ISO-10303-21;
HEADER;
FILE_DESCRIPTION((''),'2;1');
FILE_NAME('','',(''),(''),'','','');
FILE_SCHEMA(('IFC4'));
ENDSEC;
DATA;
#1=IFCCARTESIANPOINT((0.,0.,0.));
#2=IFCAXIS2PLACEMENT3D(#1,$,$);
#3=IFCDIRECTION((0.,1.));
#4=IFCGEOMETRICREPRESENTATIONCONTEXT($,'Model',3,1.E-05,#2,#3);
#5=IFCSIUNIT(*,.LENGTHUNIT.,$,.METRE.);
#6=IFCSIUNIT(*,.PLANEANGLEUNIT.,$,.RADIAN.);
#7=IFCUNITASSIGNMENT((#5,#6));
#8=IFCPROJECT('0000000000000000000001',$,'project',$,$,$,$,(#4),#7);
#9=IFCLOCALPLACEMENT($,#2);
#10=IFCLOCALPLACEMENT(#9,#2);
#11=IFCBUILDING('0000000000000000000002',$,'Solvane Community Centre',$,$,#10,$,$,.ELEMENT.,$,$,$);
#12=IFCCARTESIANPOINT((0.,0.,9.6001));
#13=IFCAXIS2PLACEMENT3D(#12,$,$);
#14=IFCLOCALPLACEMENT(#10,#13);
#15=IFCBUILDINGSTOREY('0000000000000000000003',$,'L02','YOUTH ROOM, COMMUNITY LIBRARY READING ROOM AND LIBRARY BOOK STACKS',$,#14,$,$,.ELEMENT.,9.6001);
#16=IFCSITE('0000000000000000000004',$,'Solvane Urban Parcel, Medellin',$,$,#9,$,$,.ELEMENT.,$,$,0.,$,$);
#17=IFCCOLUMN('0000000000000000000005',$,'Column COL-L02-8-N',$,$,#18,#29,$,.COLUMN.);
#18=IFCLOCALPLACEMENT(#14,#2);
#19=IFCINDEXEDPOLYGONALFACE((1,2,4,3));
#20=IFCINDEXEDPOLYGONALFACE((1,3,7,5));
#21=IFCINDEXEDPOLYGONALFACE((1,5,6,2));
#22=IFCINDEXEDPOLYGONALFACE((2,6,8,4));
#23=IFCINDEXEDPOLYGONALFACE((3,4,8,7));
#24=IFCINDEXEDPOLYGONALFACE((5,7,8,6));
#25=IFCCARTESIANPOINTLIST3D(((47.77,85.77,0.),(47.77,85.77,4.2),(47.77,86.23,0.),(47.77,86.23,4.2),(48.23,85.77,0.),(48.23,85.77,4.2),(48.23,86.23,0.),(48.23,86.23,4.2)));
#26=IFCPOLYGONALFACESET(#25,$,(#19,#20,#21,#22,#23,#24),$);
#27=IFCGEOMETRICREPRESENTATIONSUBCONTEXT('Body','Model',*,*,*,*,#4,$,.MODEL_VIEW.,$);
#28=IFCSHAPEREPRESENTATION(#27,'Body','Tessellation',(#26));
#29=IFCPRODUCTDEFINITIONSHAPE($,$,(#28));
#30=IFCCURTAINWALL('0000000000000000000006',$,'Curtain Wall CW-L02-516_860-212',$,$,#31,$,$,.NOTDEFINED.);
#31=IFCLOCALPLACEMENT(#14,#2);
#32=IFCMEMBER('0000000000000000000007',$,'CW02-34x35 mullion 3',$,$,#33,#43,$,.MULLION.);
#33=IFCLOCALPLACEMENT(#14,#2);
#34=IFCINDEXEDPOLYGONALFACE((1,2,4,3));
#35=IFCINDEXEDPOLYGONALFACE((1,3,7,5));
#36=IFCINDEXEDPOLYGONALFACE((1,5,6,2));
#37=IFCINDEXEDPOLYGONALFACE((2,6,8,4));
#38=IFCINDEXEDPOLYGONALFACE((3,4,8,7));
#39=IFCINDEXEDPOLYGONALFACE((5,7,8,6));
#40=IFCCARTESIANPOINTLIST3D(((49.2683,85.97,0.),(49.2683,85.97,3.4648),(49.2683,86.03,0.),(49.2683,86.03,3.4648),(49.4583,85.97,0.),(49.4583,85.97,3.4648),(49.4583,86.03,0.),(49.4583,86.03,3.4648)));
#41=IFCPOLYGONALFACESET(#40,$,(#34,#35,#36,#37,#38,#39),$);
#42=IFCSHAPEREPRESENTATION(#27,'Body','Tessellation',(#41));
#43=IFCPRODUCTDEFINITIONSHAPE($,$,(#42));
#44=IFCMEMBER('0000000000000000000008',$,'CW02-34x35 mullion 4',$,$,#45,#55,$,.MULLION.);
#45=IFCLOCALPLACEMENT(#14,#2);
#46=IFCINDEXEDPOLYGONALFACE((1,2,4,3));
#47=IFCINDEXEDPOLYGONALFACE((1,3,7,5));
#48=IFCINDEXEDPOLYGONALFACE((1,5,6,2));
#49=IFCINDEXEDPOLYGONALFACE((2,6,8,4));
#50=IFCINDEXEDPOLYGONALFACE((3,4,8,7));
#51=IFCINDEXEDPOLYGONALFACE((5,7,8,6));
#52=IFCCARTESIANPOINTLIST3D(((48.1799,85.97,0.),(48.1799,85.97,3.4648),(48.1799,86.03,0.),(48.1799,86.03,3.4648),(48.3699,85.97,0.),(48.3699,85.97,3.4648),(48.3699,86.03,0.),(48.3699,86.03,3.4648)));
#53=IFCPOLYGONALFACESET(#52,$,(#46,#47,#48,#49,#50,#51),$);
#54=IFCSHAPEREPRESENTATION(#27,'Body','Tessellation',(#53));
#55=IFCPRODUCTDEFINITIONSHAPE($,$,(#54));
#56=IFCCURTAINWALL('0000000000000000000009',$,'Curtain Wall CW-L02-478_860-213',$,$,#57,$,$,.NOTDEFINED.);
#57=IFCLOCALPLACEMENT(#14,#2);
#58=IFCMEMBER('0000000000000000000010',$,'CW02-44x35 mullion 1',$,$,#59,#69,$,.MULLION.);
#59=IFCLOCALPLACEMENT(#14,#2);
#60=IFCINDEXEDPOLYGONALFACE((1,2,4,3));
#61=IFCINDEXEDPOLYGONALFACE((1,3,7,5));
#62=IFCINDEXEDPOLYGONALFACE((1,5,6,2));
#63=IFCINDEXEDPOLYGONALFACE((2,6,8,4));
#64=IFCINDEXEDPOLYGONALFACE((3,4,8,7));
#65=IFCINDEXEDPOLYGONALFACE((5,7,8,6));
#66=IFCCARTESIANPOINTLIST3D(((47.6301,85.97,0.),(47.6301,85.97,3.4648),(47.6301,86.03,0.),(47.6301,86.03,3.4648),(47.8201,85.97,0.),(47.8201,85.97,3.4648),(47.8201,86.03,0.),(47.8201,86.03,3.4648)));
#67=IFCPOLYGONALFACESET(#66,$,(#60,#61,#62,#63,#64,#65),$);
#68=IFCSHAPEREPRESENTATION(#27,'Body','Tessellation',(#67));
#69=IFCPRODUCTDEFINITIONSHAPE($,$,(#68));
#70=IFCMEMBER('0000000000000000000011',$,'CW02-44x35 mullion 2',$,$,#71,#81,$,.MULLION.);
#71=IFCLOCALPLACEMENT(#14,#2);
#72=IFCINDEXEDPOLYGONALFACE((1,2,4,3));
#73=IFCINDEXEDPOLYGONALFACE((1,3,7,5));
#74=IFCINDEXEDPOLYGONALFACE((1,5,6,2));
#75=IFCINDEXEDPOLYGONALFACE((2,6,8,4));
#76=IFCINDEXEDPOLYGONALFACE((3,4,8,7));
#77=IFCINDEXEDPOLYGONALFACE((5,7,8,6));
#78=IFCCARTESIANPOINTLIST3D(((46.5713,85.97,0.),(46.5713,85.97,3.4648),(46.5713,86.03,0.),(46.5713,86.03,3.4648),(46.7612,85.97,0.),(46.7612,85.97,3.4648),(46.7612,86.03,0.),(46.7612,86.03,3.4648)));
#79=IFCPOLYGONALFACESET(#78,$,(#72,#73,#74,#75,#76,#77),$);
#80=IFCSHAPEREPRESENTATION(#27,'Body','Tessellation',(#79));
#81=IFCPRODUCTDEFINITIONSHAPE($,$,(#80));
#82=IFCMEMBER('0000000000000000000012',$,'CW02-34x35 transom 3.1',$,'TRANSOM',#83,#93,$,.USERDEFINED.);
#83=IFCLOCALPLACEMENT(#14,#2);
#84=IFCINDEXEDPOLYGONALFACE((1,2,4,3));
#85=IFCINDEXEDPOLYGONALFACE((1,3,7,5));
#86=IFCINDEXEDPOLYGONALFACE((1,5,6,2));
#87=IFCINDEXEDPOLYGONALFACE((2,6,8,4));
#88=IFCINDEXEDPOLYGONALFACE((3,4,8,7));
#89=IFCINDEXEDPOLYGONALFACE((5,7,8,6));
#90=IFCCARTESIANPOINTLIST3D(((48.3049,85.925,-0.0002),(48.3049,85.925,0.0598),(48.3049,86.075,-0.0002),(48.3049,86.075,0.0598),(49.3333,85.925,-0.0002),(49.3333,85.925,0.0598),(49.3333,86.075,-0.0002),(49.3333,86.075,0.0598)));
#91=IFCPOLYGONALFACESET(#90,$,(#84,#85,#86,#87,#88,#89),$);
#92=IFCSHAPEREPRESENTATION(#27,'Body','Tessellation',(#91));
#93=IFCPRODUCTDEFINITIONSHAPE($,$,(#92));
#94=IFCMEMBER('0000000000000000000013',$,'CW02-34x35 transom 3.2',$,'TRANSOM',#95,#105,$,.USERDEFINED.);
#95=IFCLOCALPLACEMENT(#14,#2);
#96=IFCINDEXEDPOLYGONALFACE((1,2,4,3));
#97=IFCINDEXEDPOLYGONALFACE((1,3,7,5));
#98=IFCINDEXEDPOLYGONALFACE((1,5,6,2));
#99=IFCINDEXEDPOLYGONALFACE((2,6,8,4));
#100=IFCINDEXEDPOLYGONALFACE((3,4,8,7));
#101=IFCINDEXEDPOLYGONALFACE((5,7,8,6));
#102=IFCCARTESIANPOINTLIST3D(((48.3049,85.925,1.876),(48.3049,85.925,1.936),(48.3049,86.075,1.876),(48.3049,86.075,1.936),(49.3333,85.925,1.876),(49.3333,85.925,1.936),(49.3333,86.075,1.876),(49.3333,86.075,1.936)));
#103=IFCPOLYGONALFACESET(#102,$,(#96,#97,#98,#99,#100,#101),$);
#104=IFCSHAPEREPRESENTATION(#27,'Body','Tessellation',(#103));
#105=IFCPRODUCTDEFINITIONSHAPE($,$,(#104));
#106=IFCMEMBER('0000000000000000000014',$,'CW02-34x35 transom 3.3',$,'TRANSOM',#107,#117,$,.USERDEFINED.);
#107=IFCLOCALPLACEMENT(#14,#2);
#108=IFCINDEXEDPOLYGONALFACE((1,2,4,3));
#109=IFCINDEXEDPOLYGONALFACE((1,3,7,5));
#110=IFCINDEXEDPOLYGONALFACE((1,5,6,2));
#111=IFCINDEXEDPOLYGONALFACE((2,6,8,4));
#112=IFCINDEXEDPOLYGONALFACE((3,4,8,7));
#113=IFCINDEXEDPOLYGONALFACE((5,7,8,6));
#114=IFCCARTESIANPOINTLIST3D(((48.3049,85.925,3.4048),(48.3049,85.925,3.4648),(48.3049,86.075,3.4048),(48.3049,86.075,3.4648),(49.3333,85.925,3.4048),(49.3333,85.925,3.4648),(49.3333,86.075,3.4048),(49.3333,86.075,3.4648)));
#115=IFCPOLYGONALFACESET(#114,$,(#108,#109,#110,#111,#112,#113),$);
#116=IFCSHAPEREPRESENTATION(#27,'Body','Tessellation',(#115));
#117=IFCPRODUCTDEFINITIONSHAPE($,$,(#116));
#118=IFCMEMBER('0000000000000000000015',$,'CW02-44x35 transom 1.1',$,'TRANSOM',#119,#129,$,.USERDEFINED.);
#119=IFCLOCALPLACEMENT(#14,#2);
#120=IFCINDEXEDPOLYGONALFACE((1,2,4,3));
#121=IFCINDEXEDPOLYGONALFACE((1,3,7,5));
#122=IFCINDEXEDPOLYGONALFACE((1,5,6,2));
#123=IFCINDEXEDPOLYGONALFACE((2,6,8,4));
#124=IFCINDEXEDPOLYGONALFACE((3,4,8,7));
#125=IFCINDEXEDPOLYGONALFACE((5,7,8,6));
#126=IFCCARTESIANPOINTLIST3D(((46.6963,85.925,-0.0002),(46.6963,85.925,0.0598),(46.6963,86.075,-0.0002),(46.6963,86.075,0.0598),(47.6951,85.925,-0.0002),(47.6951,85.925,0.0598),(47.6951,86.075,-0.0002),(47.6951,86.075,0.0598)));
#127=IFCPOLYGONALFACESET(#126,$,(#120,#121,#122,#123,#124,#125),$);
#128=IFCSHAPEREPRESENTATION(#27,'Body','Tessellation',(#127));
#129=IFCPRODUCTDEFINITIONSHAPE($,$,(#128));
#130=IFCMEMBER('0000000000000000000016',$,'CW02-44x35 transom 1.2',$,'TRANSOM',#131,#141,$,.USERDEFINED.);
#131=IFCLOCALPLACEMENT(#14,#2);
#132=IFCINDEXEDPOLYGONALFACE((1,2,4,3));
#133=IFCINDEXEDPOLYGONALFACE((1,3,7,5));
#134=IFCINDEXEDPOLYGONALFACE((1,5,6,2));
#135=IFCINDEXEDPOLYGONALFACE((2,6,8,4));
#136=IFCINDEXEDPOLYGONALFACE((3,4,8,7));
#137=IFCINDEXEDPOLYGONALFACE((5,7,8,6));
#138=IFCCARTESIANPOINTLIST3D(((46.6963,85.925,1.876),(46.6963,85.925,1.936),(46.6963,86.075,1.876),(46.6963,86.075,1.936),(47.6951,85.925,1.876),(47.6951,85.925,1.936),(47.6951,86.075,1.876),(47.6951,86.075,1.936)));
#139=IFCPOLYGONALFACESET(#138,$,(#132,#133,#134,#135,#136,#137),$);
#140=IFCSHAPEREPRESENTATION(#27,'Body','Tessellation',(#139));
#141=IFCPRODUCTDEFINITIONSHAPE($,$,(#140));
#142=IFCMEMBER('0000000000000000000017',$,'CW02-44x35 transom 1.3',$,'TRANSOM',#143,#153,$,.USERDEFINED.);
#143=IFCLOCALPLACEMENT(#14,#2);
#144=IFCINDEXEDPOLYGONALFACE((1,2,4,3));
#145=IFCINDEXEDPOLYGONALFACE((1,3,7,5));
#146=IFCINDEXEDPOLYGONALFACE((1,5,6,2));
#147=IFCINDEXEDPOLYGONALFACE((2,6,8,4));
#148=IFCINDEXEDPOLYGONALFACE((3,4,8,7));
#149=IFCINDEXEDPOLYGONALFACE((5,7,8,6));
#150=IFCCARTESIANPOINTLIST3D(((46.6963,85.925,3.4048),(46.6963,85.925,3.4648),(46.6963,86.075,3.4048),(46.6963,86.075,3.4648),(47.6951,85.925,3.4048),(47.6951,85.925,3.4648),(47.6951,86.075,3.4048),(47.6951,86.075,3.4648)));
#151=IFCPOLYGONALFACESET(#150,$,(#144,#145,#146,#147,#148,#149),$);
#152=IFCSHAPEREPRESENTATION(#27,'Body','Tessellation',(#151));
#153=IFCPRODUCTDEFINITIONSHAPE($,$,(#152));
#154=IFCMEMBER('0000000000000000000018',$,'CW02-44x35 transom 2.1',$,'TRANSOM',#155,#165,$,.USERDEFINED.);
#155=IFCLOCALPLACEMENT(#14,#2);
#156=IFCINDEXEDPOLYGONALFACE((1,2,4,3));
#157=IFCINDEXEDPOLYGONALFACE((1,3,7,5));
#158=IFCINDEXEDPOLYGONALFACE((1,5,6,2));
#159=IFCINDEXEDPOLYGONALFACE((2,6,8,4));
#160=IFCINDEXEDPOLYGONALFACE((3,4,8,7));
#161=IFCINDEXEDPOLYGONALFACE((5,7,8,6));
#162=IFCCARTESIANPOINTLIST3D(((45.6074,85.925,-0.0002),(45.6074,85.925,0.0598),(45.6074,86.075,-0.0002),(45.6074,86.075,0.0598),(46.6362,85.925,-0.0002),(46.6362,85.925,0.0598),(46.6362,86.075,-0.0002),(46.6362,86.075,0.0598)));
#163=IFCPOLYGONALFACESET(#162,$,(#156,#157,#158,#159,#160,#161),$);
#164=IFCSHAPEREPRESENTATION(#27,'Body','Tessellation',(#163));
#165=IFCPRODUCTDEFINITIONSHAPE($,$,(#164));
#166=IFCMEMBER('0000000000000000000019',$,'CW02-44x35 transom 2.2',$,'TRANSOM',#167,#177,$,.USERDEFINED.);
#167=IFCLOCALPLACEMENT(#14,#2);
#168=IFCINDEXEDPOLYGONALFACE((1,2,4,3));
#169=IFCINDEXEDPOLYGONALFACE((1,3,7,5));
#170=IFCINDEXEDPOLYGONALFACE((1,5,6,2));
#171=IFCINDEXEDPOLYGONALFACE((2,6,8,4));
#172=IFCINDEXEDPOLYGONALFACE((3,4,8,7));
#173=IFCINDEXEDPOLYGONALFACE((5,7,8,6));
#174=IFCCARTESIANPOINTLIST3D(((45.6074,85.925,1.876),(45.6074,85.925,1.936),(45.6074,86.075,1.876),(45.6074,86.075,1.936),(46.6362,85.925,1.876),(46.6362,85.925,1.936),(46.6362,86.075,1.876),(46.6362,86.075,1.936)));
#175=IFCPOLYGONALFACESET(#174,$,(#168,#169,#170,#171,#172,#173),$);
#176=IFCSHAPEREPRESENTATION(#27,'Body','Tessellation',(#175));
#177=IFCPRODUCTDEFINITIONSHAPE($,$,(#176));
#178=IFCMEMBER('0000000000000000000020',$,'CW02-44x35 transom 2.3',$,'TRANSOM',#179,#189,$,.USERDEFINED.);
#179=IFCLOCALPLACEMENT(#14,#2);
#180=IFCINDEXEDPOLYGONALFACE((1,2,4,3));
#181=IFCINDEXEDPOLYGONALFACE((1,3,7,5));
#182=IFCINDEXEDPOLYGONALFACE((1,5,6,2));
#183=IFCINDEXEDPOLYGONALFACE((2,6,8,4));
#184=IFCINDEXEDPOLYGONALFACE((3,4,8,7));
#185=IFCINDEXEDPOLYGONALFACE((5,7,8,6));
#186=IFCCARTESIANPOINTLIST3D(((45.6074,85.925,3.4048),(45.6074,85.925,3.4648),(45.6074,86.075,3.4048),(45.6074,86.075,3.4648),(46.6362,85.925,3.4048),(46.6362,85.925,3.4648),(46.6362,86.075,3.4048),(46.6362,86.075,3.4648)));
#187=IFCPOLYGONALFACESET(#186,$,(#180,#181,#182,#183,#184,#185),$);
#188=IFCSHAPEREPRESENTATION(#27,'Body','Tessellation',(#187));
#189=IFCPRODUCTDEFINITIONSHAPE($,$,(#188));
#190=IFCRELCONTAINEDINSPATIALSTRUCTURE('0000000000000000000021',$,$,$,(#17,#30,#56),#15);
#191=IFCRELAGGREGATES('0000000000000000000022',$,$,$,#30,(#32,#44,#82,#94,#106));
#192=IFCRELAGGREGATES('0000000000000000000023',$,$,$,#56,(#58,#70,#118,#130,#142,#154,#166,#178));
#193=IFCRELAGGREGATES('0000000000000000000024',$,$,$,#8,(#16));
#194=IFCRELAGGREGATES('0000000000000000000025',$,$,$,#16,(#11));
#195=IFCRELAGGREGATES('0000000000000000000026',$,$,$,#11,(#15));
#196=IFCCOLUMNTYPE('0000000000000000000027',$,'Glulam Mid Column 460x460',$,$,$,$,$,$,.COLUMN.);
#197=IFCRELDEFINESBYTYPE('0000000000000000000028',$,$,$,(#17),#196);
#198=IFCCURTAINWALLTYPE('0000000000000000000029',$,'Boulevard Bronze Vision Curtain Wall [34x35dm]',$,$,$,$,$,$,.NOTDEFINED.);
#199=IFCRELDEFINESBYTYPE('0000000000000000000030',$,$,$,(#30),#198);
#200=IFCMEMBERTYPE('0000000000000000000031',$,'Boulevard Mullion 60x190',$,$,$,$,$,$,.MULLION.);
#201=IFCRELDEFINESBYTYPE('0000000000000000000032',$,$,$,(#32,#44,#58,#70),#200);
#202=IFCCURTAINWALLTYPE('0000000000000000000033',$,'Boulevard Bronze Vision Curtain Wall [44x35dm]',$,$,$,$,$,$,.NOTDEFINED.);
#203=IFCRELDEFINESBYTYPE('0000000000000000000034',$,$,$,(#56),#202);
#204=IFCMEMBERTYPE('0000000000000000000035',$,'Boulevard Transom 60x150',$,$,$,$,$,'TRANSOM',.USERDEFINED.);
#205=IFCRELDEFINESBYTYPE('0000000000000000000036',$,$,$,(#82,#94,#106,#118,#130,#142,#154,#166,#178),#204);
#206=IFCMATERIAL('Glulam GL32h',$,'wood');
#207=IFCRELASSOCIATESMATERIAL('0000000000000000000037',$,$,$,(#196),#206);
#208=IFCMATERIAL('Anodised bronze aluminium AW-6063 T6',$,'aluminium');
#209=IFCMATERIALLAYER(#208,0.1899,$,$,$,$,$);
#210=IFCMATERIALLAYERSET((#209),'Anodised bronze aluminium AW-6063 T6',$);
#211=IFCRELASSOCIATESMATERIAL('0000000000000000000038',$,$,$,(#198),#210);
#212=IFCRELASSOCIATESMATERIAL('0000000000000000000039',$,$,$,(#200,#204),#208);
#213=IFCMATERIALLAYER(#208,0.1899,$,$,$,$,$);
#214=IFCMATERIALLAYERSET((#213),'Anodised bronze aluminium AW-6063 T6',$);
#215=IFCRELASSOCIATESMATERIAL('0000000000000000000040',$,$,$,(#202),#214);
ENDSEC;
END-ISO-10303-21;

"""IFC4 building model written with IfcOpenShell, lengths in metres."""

from ifc_helpers import new_model, si_unit, direction, frame, origin, origin_2d, place, context, subcontext, project, spatial, rectangle, extrude, material, layer, layer_set, material_profile, profile_set, type_object, element, aggregate, save


model = new_model("IFC4")

# Units and contexts
model_context = context("Model", 3, precision=1e-05, world=origin(), true_north=direction((0.0, 1.0)))
body_context = subcontext(model_context, "Body", "Model", "MODEL_VIEW")
ifc_project = project(units=[si_unit("LENGTHUNIT", "METRE"), si_unit("PLANEANGLEUNIT", "RADIAN")], contexts=[model_context])

# Site, building, storey
site_placement = place(None, origin())
site = spatial("IfcSite", under=ifc_project, at=site_placement, Name="Solvane Urban Parcel, Medellin", CompositionType="ELEMENT", RefElevation=0.0)
building_placement = place(site_placement, origin())
building = spatial("IfcBuilding", under=site, at=building_placement, Name="Solvane Community Centre", CompositionType="ELEMENT")
storey_placement = place(building_placement, frame((0.0, 0.0, 9.6001)))
storey = spatial("IfcBuildingStorey", under=building, at=storey_placement, Name="L02", Description="YOUTH ROOM, COMMUNITY LIBRARY READING ROOM AND LIBRARY BOOK STACKS", CompositionType="ELEMENT", Elevation=9.6001)

# Column
ifc_material_1 = material(Name="Glulam GL32h", Category="wood")
ifc_material_profile_1 = material_profile(ifc_material_1, rectangle(XDim=0.46, YDim=0.46, at=origin_2d()), Name="GL32h 460x460")
ifc_profile_set_1 = profile_set([ifc_material_profile_1], Name="Glulam GL32h")
column_type = type_object("IfcColumnType", Name="Glulam Mid Column 460x460", PredefinedType="COLUMN", material=ifc_profile_set_1)
column_placement = place(storey_placement, frame((48.0, 86.0, 0.0), z_axis=(0.0, 0.0, 1.0), x_axis=(1.0, 0.0, 0.0)))
element("IfcColumn", 1, at=column_placement, inside=storey, type_object=column_type, Name="Column COL-L02-8-N", PredefinedType="COLUMN", context=body_context, shape_type="SweptSolid", body=[
    extrude(rectangle(XDim=0.46, YDim=0.46, at=origin_2d()), origin(), (0.0, 0.0, 1.0), 4.2),
])

# Curtain walls, members
ifc_material_2 = material(Name="Anodised bronze aluminium AW-6063 T6", Category="aluminium")
ifc_layer_1 = layer(ifc_material_2, 0.1899)
ifc_layer_set_1 = layer_set([ifc_layer_1], Name="Anodised bronze aluminium AW-6063 T6")
curtain_wall_type_1 = type_object("IfcCurtainWallType", Name="Boulevard Bronze Vision Curtain Wall [34x35dm]", PredefinedType="NOTDEFINED", material=ifc_layer_set_1)
curtain_wall_1_placement = place(storey_placement, origin())
curtain_wall_1 = element("IfcCurtainWall", 2, at=curtain_wall_1_placement, inside=storey, type_object=curtain_wall_type_1, Name="Curtain Wall CW-L02-516_860-212", PredefinedType="NOTDEFINED")
ifc_material_profile_2 = material_profile(ifc_material_2, rectangle(XDim=0.0601, YDim=0.1899, at=origin_2d()), Name="CW-M 60x190")
ifc_profile_set_2 = profile_set([ifc_material_profile_2], Name="Anodised bronze aluminium AW-6063 T6")
member_type_1 = type_object("IfcMemberType", Name="Boulevard Mullion 60x190", PredefinedType="MULLION", material=ifc_profile_set_2)
member_1_placement = place(storey_placement, frame((49.3633, 86.0, 0.0), z_axis=(0.0, 0.0, 1.0), x_axis=(0.0, -1.0, 0.0)))
member_1 = element("IfcMember", 3, at=member_1_placement, type_object=member_type_1, Name="CW02-34x35 mullion 3", PredefinedType="MULLION", context=body_context, shape_type="SweptSolid", body=[
    extrude(rectangle(XDim=0.0601, YDim=0.1899, at=origin_2d()), origin(), (0.0, 0.0, 1.0), 3.4648),
])
member_2_placement = place(storey_placement, frame((48.2749, 86.0, 0.0), z_axis=(0.0, 0.0, 1.0), x_axis=(0.0, -1.0, 0.0)))
member_2 = element("IfcMember", 4, at=member_2_placement, type_object=member_type_1, Name="CW02-34x35 mullion 4", PredefinedType="MULLION", context=body_context, shape_type="SweptSolid", body=[
    extrude(rectangle(XDim=0.0601, YDim=0.1899, at=origin_2d()), origin(), (0.0, 0.0, 1.0), 3.4648),
])
ifc_layer_2 = layer(ifc_material_2, 0.1899)
ifc_layer_set_2 = layer_set([ifc_layer_2], Name="Anodised bronze aluminium AW-6063 T6")
curtain_wall_type_2 = type_object("IfcCurtainWallType", Name="Boulevard Bronze Vision Curtain Wall [44x35dm]", PredefinedType="NOTDEFINED", material=ifc_layer_set_2)
curtain_wall_2_placement = place(storey_placement, origin())
curtain_wall_2 = element("IfcCurtainWall", 5, at=curtain_wall_2_placement, inside=storey, type_object=curtain_wall_type_2, Name="Curtain Wall CW-L02-478_860-213", PredefinedType="NOTDEFINED")
member_3_placement = place(storey_placement, frame((47.7251, 86.0, 0.0), z_axis=(0.0, 0.0, 1.0), x_axis=(0.0, -1.0, 0.0)))
member_3 = element("IfcMember", 6, at=member_3_placement, type_object=member_type_1, Name="CW02-44x35 mullion 1", PredefinedType="MULLION", context=body_context, shape_type="SweptSolid", body=[
    extrude(rectangle(XDim=0.0601, YDim=0.1899, at=origin_2d()), origin(), (0.0, 0.0, 1.0), 3.4648),
])
member_4_placement = place(storey_placement, frame((46.6663, 86.0, 0.0), z_axis=(0.0, 0.0, 1.0), x_axis=(0.0, -1.0, 0.0)))
member_4 = element("IfcMember", 7, at=member_4_placement, type_object=member_type_1, Name="CW02-44x35 mullion 2", PredefinedType="MULLION", context=body_context, shape_type="SweptSolid", body=[
    extrude(rectangle(XDim=0.0601, YDim=0.1899, at=origin_2d()), origin(), (0.0, 0.0, 1.0), 3.4648),
])

# Members
ifc_material_profile_3 = material_profile(ifc_material_2, rectangle(XDim=0.1499, YDim=0.0601, at=origin_2d()), Name="CW-T 60x150")
ifc_profile_set_3 = profile_set([ifc_material_profile_3], Name="Anodised bronze aluminium AW-6063 T6")
member_type_2 = type_object("IfcMemberType", Name="Boulevard Transom 60x150", ElementType="TRANSOM", PredefinedType="USERDEFINED", material=ifc_profile_set_3)
member_5_placement = place(storey_placement, frame((49.3333, 86.0, 0.0298), z_axis=(-1.0, 0.0, 0.0), x_axis=(0.0, -1.0, 0.0)))
member_5 = element("IfcMember", 8, at=member_5_placement, type_object=member_type_2, Name="CW02-34x35 transom 3.1", ObjectType="TRANSOM", PredefinedType="USERDEFINED", context=body_context, shape_type="SweptSolid", body=[
    extrude(rectangle(XDim=0.1499, YDim=0.0601, at=origin_2d()), origin(), (0.0, 0.0, 1.0), 1.0283),
])
member_6_placement = place(storey_placement, frame((49.3333, 86.0, 1.906), z_axis=(-1.0, 0.0, 0.0), x_axis=(0.0, -1.0, 0.0)))
member_6 = element("IfcMember", 9, at=member_6_placement, type_object=member_type_2, Name="CW02-34x35 transom 3.2", ObjectType="TRANSOM", PredefinedType="USERDEFINED", context=body_context, shape_type="SweptSolid", body=[
    extrude(rectangle(XDim=0.1499, YDim=0.0601, at=origin_2d()), origin(), (0.0, 0.0, 1.0), 1.0283),
])
member_7_placement = place(storey_placement, frame((49.3333, 86.0, 3.4348), z_axis=(-1.0, 0.0, 0.0), x_axis=(0.0, -1.0, 0.0)))
member_7 = element("IfcMember", 10, at=member_7_placement, type_object=member_type_2, Name="CW02-34x35 transom 3.3", ObjectType="TRANSOM", PredefinedType="USERDEFINED", context=body_context, shape_type="SweptSolid", body=[
    extrude(rectangle(XDim=0.1499, YDim=0.0601, at=origin_2d()), origin(), (0.0, 0.0, 1.0), 1.0283),
])
member_8_placement = place(storey_placement, frame((47.6951, 86.0, 0.0298), z_axis=(-1.0, 0.0, 0.0), x_axis=(0.0, -1.0, 0.0)))
member_8 = element("IfcMember", 11, at=member_8_placement, type_object=member_type_2, Name="CW02-44x35 transom 1.1", ObjectType="TRANSOM", PredefinedType="USERDEFINED", context=body_context, shape_type="SweptSolid", body=[
    extrude(rectangle(XDim=0.1499, YDim=0.0601, at=origin_2d()), origin(), (0.0, 0.0, 1.0), 0.9988),
])
member_9_placement = place(storey_placement, frame((47.6951, 86.0, 1.906), z_axis=(-1.0, 0.0, 0.0), x_axis=(0.0, -1.0, 0.0)))
member_9 = element("IfcMember", 12, at=member_9_placement, type_object=member_type_2, Name="CW02-44x35 transom 1.2", ObjectType="TRANSOM", PredefinedType="USERDEFINED", context=body_context, shape_type="SweptSolid", body=[
    extrude(rectangle(XDim=0.1499, YDim=0.0601, at=origin_2d()), origin(), (0.0, 0.0, 1.0), 0.9988),
])
member_10_placement = place(storey_placement, frame((47.6951, 86.0, 3.4348), z_axis=(-1.0, 0.0, 0.0), x_axis=(0.0, -1.0, 0.0)))
member_10 = element("IfcMember", 13, at=member_10_placement, type_object=member_type_2, Name="CW02-44x35 transom 1.3", ObjectType="TRANSOM", PredefinedType="USERDEFINED", context=body_context, shape_type="SweptSolid", body=[
    extrude(rectangle(XDim=0.1499, YDim=0.0601, at=origin_2d()), origin(), (0.0, 0.0, 1.0), 0.9988),
])
member_11_placement = place(storey_placement, frame((46.6362, 86.0, 0.0298), z_axis=(-1.0, 0.0, 0.0), x_axis=(0.0, -1.0, 0.0)))
member_11 = element("IfcMember", 14, at=member_11_placement, type_object=member_type_2, Name="CW02-44x35 transom 2.1", ObjectType="TRANSOM", PredefinedType="USERDEFINED", context=body_context, shape_type="SweptSolid", body=[
    extrude(rectangle(XDim=0.1499, YDim=0.0601, at=origin_2d()), origin(), (0.0, 0.0, 1.0), 1.0288),
])
member_12_placement = place(storey_placement, frame((46.6362, 86.0, 1.906), z_axis=(-1.0, 0.0, 0.0), x_axis=(0.0, -1.0, 0.0)))
member_12 = element("IfcMember", 15, at=member_12_placement, type_object=member_type_2, Name="CW02-44x35 transom 2.2", ObjectType="TRANSOM", PredefinedType="USERDEFINED", context=body_context, shape_type="SweptSolid", body=[
    extrude(rectangle(XDim=0.1499, YDim=0.0601, at=origin_2d()), origin(), (0.0, 0.0, 1.0), 1.0288),
])
member_13_placement = place(storey_placement, frame((46.6362, 86.0, 3.4348), z_axis=(-1.0, 0.0, 0.0), x_axis=(0.0, -1.0, 0.0)))
member_13 = element("IfcMember", 16, at=member_13_placement, type_object=member_type_2, Name="CW02-44x35 transom 2.3", ObjectType="TRANSOM", PredefinedType="USERDEFINED", context=body_context, shape_type="SweptSolid", body=[
    extrude(rectangle(XDim=0.1499, YDim=0.0601, at=origin_2d()), origin(), (0.0, 0.0, 1.0), 1.0288),
])

aggregate(curtain_wall_1, [member_1, member_2, member_5, member_6, member_7])
aggregate(curtain_wall_2, [member_3, member_4, member_8, member_9, member_10, member_11, member_12, member_13])

save(model, "model.ifc")
